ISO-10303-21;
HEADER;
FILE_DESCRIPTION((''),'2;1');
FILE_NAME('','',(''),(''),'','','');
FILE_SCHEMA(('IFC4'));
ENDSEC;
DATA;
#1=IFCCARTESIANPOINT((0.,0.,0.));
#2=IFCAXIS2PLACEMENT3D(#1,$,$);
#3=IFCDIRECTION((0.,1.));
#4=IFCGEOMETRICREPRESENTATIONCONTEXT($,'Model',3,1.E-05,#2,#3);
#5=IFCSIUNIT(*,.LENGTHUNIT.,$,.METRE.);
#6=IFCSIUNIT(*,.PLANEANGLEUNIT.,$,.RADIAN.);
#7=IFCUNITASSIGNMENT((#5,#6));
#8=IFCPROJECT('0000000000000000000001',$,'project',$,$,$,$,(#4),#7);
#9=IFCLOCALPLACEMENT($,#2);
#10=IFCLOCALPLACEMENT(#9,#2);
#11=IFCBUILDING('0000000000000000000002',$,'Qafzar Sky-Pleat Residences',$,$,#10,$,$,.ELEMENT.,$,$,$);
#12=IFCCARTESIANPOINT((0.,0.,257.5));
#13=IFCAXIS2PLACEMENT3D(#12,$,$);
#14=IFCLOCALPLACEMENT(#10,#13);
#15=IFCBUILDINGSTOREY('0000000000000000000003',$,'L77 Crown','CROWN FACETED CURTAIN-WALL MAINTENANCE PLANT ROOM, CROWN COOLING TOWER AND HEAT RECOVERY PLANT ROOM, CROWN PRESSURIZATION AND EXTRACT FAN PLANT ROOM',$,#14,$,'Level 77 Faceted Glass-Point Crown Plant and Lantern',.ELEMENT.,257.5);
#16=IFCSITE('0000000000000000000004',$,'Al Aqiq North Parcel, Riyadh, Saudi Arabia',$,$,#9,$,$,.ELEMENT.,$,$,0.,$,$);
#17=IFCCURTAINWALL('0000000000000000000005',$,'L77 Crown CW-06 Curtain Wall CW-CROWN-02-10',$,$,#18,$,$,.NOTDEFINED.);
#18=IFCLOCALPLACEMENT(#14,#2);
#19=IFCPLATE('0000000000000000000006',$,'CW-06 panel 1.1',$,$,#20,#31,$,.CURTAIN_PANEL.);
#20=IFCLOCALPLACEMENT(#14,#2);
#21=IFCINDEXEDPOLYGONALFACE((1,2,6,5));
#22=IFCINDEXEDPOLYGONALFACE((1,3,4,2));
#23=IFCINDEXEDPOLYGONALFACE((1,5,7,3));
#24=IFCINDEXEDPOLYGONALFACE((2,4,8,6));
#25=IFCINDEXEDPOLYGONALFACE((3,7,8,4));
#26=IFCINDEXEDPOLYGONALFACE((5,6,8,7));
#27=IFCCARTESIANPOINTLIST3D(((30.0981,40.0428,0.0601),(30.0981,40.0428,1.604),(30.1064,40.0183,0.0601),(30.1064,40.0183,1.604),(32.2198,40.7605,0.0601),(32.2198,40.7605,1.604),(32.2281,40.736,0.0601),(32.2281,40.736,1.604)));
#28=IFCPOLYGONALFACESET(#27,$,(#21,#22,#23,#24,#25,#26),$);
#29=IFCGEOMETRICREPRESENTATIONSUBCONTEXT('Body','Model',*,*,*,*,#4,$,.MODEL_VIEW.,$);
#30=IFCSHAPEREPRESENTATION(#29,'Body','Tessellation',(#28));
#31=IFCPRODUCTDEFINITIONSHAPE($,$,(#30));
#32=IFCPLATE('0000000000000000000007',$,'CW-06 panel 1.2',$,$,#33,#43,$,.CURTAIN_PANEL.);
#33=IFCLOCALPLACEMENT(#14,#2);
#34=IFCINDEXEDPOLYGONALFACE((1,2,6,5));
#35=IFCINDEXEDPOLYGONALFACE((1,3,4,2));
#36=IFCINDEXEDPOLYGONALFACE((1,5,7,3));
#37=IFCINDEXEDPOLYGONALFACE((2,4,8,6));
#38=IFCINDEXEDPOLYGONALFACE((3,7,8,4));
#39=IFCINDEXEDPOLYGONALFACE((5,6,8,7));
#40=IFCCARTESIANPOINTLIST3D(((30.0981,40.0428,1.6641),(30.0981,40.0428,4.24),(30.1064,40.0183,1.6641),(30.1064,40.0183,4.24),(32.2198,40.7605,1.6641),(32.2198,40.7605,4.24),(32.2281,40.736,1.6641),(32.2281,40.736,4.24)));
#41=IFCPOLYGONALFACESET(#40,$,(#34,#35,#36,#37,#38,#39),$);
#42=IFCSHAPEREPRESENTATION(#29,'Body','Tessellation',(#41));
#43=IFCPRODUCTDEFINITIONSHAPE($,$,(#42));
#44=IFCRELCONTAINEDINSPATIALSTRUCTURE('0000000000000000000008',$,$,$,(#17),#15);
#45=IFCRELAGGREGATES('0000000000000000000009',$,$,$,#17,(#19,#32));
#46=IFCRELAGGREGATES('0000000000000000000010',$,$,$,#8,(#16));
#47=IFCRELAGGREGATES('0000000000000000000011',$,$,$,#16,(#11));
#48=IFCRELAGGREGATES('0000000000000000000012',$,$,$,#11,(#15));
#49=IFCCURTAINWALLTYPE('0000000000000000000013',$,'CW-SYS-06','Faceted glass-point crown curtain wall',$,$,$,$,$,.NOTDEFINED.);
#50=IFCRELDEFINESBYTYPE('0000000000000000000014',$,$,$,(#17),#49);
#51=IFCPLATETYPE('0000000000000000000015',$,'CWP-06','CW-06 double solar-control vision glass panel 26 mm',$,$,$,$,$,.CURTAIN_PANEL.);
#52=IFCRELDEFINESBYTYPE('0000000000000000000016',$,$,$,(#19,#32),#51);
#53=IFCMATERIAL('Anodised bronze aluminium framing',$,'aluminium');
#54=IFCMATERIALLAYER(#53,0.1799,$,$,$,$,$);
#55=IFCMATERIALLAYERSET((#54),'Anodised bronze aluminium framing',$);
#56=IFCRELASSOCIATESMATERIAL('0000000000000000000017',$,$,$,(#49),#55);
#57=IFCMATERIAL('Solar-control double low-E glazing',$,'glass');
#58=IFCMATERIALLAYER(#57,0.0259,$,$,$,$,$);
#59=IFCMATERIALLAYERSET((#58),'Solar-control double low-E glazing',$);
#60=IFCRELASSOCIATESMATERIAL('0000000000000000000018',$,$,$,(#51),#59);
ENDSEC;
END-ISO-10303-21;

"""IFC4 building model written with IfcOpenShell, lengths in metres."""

from ifc_helpers import new_model, si_unit, direction, frame, origin, origin_2d, place, context, subcontext, project, spatial, rectangle, extrude, source, transform, mapped, material, layer, layer_set, type_object, element, aggregate, save


model = new_model("IFC4")

# Units and contexts
model_context = context("Model", 3, precision=1e-05, world=origin(), true_north=direction((0.0, 1.0)))
body_context = subcontext(model_context, "Body", "Model", "MODEL_VIEW")
ifc_project = project(units=[si_unit("LENGTHUNIT", "METRE"), si_unit("PLANEANGLEUNIT", "RADIAN")], contexts=[model_context])

# Site, building, storey
site_placement = place(None, origin())
site = spatial("IfcSite", under=ifc_project, at=site_placement, Name="Al Aqiq North Parcel, Riyadh, Saudi Arabia", CompositionType="ELEMENT", RefElevation=0.0)
building_placement = place(site_placement, origin())
building = spatial("IfcBuilding", under=site, at=building_placement, Name="Qafzar Sky-Pleat Residences", CompositionType="ELEMENT")
storey_placement = place(building_placement, frame((0.0, 0.0, 257.5)))
storey = spatial("IfcBuildingStorey", under=building, at=storey_placement, Name="L77 Crown", Description="CROWN FACETED CURTAIN-WALL MAINTENANCE PLANT ROOM, CROWN COOLING TOWER AND HEAT RECOVERY PLANT ROOM, CROWN PRESSURIZATION AND EXTRACT FAN PLANT ROOM", LongName="Level 77 Faceted Glass-Point Crown Plant and Lantern", CompositionType="ELEMENT", Elevation=257.5)

# Shared definitions
ifc_material_1 = material(Name="Anodised bronze aluminium framing", Category="aluminium")
ifc_layer_1 = layer(ifc_material_1, 0.1799)
ifc_layer_set_1 = layer_set([ifc_layer_1], Name="Anodised bronze aluminium framing")
curtain_wall_type = type_object("IfcCurtainWallType", Name="CW-SYS-06", Description="Faceted glass-point crown curtain wall", PredefinedType="NOTDEFINED", material=ifc_layer_set_1)

# Curtain wall
curtain_wall_1_placement = place(storey_placement, origin())
curtain_wall_1 = element("IfcCurtainWall", 1, at=curtain_wall_1_placement, inside=storey, type_object=curtain_wall_type, Name="L77 Crown CW-06 Curtain Wall CW-CROWN-02-10", PredefinedType="NOTDEFINED")

# Plates
ifc_material_2 = material(Name="Solar-control double low-E glazing", Category="glass")
ifc_layer_2 = layer(ifc_material_2, 0.0259)
ifc_layer_set_2 = layer_set([ifc_layer_2], Name="Solar-control double low-E glazing")
plate_type = type_object("IfcPlateType", Name="CWP-06", Description="CW-06 double solar-control vision glass panel 26 mm", PredefinedType="CURTAIN_PANEL", material=ifc_layer_set_2)
shared_shape_1 = source(origin(), body_context, "Body", "SweptSolid", [
    extrude(rectangle(XDim=2.2397, YDim=0.0259, at=origin_2d()), origin(), (0.0, 0.0, 1.0), 1.5439),
])
plate_1_placement = place(storey_placement, frame((31.1631, 40.3894, 0.0601), z_axis=(0.0, 0.0, 1.0), x_axis=(-0.947266, -0.320448, 0.0)))
plate_1 = element("IfcPlate", 2, at=plate_1_placement, type_object=plate_type, Name="CW-06 panel 1.1", PredefinedType="CURTAIN_PANEL", context=body_context, shape_type="MappedRepresentation", body=[
    mapped(shared_shape_1, transform((0.0, 0.0, 0.0), x_axis=(1.0, 0.0, 0.0), y_axis=(0.0, 1.0, 0.0), z_axis=(0.0, 0.0, 1.0), scale=1.0)),
])
shared_shape_2 = source(origin(), body_context, "Body", "SweptSolid", [
    extrude(rectangle(XDim=2.2397, YDim=0.0259, at=origin_2d()), origin(), (0.0, 0.0, 1.0), 2.5759),
])
plate_2_placement = place(storey_placement, frame((31.1631, 40.3894, 1.6641), z_axis=(0.0, 0.0, 1.0), x_axis=(-0.947266, -0.320448, 0.0)))
plate_2 = element("IfcPlate", 3, at=plate_2_placement, type_object=plate_type, Name="CW-06 panel 1.2", PredefinedType="CURTAIN_PANEL", context=body_context, shape_type="MappedRepresentation", body=[
    mapped(shared_shape_2, transform((0.0, 0.0, 0.0), x_axis=(1.0, 0.0, 0.0), y_axis=(0.0, 1.0, 0.0), z_axis=(0.0, 0.0, 1.0), scale=1.0)),
])
aggregate(curtain_wall_1, [plate_1, plate_2])

save(model, "model.ifc")
